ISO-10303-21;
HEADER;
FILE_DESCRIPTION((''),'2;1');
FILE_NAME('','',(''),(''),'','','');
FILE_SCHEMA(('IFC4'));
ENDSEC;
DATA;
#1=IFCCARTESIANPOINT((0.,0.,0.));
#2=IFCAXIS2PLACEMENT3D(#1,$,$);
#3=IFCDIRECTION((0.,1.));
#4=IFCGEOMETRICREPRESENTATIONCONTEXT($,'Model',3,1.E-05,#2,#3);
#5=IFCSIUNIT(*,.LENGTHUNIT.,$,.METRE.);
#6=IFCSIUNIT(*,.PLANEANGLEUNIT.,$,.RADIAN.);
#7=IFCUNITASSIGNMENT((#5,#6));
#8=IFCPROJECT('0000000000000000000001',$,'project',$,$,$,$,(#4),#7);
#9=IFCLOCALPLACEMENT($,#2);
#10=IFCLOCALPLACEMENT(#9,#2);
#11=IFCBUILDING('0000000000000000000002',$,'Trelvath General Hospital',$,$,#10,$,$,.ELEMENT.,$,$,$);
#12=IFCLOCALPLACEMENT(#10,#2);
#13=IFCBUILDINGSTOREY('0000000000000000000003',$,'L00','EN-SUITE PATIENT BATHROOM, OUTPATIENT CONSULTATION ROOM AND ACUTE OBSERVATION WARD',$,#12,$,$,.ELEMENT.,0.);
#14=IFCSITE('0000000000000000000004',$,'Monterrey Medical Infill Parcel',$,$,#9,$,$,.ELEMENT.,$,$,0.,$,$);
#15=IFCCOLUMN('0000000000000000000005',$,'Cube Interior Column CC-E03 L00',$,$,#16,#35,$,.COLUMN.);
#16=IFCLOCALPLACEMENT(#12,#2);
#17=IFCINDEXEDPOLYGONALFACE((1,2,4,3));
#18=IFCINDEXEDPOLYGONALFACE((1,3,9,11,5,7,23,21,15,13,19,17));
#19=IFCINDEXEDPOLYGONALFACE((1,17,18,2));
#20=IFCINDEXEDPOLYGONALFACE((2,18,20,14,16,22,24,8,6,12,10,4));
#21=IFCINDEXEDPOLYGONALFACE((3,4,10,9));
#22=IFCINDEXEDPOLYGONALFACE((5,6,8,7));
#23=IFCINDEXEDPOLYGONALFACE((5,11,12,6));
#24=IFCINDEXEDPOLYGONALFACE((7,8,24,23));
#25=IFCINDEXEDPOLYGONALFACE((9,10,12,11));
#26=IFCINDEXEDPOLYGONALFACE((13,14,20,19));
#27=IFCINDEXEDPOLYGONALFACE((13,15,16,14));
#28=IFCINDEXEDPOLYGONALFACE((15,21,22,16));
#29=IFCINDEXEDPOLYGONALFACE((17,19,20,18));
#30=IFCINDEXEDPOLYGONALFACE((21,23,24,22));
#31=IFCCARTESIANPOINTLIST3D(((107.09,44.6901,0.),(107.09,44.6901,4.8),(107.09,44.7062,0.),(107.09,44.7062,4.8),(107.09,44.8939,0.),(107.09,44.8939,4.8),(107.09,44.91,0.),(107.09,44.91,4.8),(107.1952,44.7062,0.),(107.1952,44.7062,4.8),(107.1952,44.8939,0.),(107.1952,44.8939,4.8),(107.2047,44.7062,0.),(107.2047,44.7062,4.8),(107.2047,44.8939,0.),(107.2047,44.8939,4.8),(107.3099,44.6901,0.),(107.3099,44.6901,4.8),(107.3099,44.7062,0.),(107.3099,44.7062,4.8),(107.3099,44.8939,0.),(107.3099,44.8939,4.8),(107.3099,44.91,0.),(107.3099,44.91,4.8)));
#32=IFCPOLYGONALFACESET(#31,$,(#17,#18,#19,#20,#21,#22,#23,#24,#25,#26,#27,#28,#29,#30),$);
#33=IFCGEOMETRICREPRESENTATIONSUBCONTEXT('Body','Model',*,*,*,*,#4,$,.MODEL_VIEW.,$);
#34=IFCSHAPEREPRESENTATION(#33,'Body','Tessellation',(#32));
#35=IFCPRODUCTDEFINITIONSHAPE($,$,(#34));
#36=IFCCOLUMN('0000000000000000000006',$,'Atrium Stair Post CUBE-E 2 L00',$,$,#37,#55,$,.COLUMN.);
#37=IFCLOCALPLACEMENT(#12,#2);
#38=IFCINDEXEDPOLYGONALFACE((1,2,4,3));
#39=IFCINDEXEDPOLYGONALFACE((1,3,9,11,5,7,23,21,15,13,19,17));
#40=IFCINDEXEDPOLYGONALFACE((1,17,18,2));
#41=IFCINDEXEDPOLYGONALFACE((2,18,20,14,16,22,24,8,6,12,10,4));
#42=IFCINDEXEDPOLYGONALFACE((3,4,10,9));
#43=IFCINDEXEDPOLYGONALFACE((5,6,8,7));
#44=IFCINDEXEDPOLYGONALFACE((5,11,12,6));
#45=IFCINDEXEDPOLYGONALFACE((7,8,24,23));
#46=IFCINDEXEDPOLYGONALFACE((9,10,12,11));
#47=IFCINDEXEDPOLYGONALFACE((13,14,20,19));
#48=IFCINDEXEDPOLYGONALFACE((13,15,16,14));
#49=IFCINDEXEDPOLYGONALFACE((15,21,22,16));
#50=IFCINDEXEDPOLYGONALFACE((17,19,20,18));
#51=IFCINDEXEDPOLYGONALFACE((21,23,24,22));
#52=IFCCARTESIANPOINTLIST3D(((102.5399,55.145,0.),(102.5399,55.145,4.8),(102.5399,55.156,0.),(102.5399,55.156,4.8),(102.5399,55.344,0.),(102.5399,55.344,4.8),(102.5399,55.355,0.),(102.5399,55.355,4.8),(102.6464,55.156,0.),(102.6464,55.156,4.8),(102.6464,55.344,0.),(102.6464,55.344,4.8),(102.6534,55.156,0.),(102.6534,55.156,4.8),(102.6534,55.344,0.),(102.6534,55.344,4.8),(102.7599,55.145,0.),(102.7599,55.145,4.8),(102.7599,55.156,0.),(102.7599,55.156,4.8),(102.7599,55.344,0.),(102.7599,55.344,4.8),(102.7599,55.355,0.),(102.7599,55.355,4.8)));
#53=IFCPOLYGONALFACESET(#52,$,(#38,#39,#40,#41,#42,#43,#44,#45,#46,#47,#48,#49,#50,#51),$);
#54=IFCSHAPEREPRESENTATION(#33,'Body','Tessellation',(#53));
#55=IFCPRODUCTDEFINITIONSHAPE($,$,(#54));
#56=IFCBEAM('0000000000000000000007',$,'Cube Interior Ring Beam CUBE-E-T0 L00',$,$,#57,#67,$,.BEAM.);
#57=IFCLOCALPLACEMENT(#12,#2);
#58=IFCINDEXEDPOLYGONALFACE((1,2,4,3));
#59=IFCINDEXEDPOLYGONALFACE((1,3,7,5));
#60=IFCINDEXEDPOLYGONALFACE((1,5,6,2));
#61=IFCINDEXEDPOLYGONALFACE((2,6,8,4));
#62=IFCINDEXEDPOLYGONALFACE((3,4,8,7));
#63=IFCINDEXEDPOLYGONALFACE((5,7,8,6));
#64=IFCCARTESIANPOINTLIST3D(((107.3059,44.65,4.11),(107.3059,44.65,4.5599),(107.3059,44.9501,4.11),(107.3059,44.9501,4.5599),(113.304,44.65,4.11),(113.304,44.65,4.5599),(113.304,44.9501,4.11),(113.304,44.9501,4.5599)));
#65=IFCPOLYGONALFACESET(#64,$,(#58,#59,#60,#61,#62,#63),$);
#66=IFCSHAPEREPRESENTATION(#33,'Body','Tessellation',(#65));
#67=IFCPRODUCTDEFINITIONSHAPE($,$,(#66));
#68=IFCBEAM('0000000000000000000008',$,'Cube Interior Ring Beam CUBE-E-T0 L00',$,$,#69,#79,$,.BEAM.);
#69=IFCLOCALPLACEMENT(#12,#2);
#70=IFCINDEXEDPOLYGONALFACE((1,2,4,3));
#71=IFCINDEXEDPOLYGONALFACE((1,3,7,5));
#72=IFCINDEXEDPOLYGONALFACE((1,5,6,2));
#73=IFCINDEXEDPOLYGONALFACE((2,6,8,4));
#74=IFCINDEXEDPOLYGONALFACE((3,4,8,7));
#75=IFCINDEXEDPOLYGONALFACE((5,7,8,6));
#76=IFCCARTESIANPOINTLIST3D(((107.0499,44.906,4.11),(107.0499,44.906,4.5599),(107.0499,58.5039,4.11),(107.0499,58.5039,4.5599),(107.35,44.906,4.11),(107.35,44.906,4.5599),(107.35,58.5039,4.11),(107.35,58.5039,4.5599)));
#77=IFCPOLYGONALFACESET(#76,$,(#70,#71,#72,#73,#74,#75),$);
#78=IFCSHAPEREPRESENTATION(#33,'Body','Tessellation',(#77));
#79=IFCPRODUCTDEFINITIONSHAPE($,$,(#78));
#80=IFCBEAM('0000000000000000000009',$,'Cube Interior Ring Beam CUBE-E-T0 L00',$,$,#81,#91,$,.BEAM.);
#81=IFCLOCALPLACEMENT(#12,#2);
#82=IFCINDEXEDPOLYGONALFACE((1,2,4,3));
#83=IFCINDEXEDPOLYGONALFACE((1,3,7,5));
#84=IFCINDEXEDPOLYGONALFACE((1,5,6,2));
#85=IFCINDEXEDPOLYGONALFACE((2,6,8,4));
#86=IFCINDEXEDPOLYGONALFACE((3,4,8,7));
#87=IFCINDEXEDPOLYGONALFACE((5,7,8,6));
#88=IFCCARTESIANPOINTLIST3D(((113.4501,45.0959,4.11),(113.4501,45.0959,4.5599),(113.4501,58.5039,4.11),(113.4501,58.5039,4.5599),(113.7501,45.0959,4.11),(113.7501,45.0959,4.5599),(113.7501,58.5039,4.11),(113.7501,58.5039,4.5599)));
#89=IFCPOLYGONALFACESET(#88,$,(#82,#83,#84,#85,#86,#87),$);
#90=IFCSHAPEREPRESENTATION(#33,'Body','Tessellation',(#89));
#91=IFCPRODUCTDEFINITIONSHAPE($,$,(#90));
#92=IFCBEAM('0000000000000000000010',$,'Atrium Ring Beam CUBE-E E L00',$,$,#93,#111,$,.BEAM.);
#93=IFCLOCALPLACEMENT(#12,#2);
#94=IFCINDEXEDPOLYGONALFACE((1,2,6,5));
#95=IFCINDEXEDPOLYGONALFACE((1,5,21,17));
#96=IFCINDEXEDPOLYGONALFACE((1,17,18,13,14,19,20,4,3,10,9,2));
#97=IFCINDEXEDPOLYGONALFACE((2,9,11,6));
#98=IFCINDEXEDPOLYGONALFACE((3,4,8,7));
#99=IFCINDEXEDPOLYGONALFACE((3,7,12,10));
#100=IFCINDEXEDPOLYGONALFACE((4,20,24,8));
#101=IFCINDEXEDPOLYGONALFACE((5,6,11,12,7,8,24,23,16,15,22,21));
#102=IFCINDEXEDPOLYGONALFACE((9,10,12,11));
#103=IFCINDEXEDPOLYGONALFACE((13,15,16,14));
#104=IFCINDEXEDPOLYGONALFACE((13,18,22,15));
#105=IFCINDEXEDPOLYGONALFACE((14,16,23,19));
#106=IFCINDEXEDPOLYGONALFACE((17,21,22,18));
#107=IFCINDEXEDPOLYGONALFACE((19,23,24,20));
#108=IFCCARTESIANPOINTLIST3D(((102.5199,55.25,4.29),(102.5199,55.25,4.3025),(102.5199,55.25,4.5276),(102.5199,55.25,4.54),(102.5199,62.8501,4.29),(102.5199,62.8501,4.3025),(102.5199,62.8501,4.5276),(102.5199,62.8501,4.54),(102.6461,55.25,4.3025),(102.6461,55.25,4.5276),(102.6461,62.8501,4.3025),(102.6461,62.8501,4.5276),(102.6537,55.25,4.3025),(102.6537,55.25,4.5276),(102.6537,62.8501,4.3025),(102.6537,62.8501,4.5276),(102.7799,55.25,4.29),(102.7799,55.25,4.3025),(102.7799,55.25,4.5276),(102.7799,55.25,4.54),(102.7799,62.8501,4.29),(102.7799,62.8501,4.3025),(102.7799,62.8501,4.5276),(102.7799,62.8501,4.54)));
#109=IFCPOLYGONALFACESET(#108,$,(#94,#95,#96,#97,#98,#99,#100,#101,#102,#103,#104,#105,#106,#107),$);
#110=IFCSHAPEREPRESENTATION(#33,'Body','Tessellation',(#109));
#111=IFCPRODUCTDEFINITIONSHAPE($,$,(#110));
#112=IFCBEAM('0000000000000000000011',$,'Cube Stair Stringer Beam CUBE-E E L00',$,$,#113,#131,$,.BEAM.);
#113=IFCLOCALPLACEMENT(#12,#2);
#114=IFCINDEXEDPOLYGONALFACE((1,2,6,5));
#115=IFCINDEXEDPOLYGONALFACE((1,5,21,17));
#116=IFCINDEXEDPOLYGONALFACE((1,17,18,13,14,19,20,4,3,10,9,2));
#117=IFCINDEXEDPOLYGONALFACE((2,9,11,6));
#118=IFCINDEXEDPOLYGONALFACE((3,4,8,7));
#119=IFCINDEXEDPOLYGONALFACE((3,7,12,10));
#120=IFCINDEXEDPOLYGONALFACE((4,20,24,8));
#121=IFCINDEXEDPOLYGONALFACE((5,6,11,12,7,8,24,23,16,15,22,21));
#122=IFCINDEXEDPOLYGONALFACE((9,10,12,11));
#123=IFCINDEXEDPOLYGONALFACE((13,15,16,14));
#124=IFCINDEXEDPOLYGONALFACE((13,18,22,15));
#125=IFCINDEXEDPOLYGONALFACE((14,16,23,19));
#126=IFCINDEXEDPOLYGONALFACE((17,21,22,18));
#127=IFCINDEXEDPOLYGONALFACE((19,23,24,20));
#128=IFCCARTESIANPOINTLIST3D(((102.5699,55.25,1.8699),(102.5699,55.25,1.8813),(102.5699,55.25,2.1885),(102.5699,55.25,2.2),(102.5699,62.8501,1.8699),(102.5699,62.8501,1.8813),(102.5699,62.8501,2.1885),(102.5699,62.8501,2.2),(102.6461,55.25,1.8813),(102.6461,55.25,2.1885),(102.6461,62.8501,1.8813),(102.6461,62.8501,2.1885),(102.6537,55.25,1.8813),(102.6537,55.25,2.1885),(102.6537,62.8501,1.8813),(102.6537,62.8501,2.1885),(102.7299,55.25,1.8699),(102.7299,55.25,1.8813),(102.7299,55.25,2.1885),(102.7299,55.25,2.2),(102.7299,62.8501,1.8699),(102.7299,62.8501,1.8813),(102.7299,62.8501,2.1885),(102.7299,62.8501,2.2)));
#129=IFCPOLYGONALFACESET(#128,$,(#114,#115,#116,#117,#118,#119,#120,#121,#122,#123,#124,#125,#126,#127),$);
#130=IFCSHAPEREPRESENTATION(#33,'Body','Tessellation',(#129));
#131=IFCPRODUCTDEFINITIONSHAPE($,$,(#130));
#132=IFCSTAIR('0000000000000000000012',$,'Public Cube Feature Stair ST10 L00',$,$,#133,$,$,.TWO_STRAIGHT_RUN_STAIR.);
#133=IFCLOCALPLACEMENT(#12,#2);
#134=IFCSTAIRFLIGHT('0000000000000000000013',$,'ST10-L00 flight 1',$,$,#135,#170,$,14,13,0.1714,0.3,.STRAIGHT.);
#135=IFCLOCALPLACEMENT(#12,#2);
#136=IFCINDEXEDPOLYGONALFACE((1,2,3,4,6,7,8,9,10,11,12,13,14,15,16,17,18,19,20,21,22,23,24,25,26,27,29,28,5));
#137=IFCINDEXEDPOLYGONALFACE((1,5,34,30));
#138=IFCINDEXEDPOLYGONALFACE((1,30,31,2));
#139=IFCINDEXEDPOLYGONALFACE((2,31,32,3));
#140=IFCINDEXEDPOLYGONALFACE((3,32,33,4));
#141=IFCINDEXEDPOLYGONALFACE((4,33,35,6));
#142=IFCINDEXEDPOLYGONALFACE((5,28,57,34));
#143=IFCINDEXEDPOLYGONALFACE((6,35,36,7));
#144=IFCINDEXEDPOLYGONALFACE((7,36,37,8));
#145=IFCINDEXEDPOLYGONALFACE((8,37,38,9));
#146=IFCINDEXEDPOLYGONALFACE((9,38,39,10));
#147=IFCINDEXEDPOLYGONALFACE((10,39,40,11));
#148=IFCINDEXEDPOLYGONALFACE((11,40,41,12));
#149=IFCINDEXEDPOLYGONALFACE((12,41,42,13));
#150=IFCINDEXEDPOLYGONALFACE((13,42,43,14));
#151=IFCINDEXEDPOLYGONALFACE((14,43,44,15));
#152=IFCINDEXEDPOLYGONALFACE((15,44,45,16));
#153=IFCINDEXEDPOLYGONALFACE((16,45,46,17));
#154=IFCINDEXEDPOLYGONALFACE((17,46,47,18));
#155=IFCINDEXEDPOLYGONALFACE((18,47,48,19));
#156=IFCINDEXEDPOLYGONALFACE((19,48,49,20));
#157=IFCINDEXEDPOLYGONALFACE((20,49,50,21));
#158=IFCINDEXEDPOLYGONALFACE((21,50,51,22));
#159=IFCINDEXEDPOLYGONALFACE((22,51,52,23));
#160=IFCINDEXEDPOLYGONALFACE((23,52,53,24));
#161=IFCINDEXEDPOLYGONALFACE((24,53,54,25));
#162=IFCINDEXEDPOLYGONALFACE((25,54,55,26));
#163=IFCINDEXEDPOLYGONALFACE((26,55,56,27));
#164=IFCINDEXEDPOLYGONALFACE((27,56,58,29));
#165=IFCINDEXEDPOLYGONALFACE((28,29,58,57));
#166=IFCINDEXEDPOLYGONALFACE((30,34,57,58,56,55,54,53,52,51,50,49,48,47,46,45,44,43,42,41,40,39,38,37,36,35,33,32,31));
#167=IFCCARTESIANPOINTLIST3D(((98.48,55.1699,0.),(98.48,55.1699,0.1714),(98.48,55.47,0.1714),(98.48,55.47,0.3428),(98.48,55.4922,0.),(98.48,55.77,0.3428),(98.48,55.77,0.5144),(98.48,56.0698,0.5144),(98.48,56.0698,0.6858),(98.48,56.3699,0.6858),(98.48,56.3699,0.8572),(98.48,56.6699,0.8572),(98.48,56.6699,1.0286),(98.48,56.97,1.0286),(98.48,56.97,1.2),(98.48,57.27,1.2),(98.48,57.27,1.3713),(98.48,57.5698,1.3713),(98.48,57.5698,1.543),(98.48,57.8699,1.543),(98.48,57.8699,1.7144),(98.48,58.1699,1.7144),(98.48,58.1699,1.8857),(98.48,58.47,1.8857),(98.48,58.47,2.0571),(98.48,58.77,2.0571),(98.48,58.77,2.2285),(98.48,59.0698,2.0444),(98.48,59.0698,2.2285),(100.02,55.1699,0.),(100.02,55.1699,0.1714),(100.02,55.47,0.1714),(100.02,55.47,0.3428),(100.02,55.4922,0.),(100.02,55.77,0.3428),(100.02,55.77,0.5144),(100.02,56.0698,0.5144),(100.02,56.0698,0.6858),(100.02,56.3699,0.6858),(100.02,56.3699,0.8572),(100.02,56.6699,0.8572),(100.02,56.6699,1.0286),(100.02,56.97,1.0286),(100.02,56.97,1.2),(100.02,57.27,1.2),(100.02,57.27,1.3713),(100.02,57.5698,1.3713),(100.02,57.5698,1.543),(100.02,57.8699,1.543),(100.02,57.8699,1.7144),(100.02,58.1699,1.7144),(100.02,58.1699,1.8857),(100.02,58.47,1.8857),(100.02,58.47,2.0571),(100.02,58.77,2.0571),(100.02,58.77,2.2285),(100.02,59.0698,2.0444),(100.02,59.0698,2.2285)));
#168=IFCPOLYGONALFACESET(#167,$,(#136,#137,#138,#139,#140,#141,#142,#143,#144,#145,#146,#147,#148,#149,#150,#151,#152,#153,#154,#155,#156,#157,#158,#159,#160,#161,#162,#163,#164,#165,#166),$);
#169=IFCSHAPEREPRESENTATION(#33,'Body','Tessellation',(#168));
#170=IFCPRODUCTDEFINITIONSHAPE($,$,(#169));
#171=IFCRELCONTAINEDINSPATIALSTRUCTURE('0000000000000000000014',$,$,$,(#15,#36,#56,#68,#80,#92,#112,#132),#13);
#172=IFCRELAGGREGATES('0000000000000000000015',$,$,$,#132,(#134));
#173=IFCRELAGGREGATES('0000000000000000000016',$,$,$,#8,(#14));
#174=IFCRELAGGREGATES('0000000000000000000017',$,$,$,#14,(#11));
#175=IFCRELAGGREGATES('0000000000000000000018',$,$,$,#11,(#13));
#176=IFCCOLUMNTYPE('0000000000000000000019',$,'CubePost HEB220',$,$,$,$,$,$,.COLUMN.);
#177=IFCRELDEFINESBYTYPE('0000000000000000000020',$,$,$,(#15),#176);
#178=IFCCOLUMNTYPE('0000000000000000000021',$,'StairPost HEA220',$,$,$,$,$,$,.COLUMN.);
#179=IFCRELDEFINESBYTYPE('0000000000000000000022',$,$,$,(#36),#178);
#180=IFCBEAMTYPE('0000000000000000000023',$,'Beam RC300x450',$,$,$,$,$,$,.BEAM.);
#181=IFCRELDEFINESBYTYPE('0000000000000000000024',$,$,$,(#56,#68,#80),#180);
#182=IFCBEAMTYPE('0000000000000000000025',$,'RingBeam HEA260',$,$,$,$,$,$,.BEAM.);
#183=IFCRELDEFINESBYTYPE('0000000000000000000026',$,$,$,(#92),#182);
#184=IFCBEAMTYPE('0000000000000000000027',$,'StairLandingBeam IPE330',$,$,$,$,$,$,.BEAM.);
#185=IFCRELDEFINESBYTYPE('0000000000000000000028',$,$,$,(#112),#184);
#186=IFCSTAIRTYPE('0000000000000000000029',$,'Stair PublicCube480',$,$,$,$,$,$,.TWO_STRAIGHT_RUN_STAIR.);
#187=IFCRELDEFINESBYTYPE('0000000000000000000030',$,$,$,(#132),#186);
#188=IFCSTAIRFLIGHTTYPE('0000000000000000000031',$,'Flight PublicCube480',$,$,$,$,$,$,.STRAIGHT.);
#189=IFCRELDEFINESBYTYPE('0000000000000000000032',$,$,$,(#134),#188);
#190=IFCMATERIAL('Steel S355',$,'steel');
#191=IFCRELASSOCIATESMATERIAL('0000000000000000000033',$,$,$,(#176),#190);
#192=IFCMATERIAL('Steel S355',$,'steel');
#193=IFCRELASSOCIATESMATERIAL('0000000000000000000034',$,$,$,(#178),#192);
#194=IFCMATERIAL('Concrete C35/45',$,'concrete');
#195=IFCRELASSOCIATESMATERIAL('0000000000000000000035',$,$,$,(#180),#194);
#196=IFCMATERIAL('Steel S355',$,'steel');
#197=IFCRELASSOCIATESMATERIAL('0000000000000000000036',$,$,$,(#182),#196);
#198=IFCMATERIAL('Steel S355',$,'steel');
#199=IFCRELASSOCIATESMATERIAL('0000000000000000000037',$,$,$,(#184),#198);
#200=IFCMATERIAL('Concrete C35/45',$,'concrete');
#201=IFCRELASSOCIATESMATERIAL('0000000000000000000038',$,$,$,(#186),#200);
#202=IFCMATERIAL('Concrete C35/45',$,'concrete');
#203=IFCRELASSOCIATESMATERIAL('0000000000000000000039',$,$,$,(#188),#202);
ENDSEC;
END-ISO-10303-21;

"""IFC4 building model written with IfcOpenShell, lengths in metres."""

from ifc_helpers import new_model, si_unit, direction, frame, origin, origin_2d, place, context, subcontext, project, spatial, polyline, rectangle, i_section, outline, extrude, material, material_profile, profile_set, type_object, element, aggregate, save


model = new_model("IFC4")

# Units and contexts
model_context = context("Model", 3, precision=1e-05, world=origin(), true_north=direction((0.0, 1.0)))
body_context = subcontext(model_context, "Body", "Model", "MODEL_VIEW")
ifc_project = project(units=[si_unit("LENGTHUNIT", "METRE"), si_unit("PLANEANGLEUNIT", "RADIAN")], contexts=[model_context])

# Site, building, storey
site_placement = place(None, origin())
site = spatial("IfcSite", under=ifc_project, at=site_placement, Name="Monterrey Medical Infill Parcel", CompositionType="ELEMENT", RefElevation=0.0)
building_placement = place(site_placement, origin())
building = spatial("IfcBuilding", under=site, at=building_placement, Name="Trelvath General Hospital", CompositionType="ELEMENT")
storey_placement = place(building_placement, origin())
storey = spatial("IfcBuildingStorey", under=building, at=storey_placement, Name="L00", Description="EN-SUITE PATIENT BATHROOM, OUTPATIENT CONSULTATION ROOM AND ACUTE OBSERVATION WARD", CompositionType="ELEMENT", Elevation=0.0)

# Columns
ifc_material_1 = material(Name="Steel S355", Category="steel")
ifc_material_profile_1 = material_profile(ifc_material_1, i_section(OverallWidth=0.22, OverallDepth=0.22, WebThickness=0.0095, FlangeThickness=0.0161, at=origin_2d()), Name="HEB220")
ifc_profile_set_1 = profile_set([ifc_material_profile_1], Name="Steel S355")
column_type_1 = type_object("IfcColumnType", Name="CubePost HEB220", PredefinedType="COLUMN", material=ifc_profile_set_1)
column_1_placement = place(storey_placement, frame((107.2, 44.8, 0.0), z_axis=(0.0, 0.0, 1.0), x_axis=(1.0, 0.0, 0.0)))
element("IfcColumn", 1, at=column_1_placement, inside=storey, type_object=column_type_1, Name="Cube Interior Column CC-E03 L00", PredefinedType="COLUMN", context=body_context, shape_type="SweptSolid", body=[
    extrude(i_section(OverallWidth=0.22, OverallDepth=0.22, WebThickness=0.0095, FlangeThickness=0.0161, at=origin_2d()), origin(), (0.0, 0.0, 1.0), 4.8),
])
ifc_material_2 = material(Name="Steel S355", Category="steel")
ifc_material_profile_2 = material_profile(ifc_material_2, i_section(OverallWidth=0.22, OverallDepth=0.21, WebThickness=0.0071, FlangeThickness=0.011, at=origin_2d()), Name="HEA220")
ifc_profile_set_2 = profile_set([ifc_material_profile_2], Name="Steel S355")
column_type_2 = type_object("IfcColumnType", Name="StairPost HEA220", PredefinedType="COLUMN", material=ifc_profile_set_2)
column_2_placement = place(storey_placement, frame((102.6499, 55.25, 0.0), z_axis=(0.0, 0.0, 1.0), x_axis=(1.0, 0.0, 0.0)))
element("IfcColumn", 2, at=column_2_placement, inside=storey, type_object=column_type_2, Name="Atrium Stair Post CUBE-E 2 L00", PredefinedType="COLUMN", context=body_context, shape_type="SweptSolid", body=[
    extrude(i_section(OverallWidth=0.22, OverallDepth=0.21, WebThickness=0.0071, FlangeThickness=0.011, at=origin_2d()), origin(), (0.0, 0.0, 1.0), 4.8),
])

# Beams
ifc_material_3 = material(Name="Concrete C35/45", Category="concrete")
ifc_material_profile_3 = material_profile(ifc_material_3, rectangle(XDim=0.3, YDim=0.45, at=origin_2d()), Name="RCB300x450")
ifc_profile_set_3 = profile_set([ifc_material_profile_3], Name="Concrete C35/45")
beam_type_1 = type_object("IfcBeamType", Name="Beam RC300x450", PredefinedType="BEAM", material=ifc_profile_set_3)
beam_1_placement = place(storey_placement, frame((107.3059, 44.8, 4.335), z_axis=(1.0, 0.0, 0.0), x_axis=(0.0, 1.0, 0.0)))
element("IfcBeam", 3, at=beam_1_placement, inside=storey, type_object=beam_type_1, Name="Cube Interior Ring Beam CUBE-E-T0 L00", PredefinedType="BEAM", context=body_context, shape_type="SweptSolid", body=[
    extrude(rectangle(XDim=0.3, YDim=0.45, at=origin_2d()), origin(), (0.0, 0.0, 1.0), 5.998),
])
beam_2_placement = place(storey_placement, frame((107.2, 44.906, 4.335), z_axis=(0.0, 1.0, 0.0), x_axis=(-1.0, 0.0, 0.0)))
element("IfcBeam", 4, at=beam_2_placement, inside=storey, type_object=beam_type_1, Name="Cube Interior Ring Beam CUBE-E-T0 L00", PredefinedType="BEAM", context=body_context, shape_type="SweptSolid", body=[
    extrude(rectangle(XDim=0.3, YDim=0.45, at=origin_2d()), origin(), (0.0, 0.0, 1.0), 13.5979),
])
beam_3_placement = place(storey_placement, frame((113.6001, 45.0959, 4.335), z_axis=(0.0, 1.0, 0.0), x_axis=(-1.0, 0.0, 0.0)))
element("IfcBeam", 5, at=beam_3_placement, inside=storey, type_object=beam_type_1, Name="Cube Interior Ring Beam CUBE-E-T0 L00", PredefinedType="BEAM", context=body_context, shape_type="SweptSolid", body=[
    extrude(rectangle(XDim=0.3, YDim=0.45, at=origin_2d()), origin(), (0.0, 0.0, 1.0), 13.408),
])
ifc_material_4 = material(Name="Steel S355", Category="steel")
ifc_material_profile_4 = material_profile(ifc_material_4, i_section(OverallWidth=0.26, OverallDepth=0.25, WebThickness=0.0076, FlangeThickness=0.0125, at=origin_2d()), Name="HEA260")
ifc_profile_set_4 = profile_set([ifc_material_profile_4], Name="Steel S355")
beam_type_2 = type_object("IfcBeamType", Name="RingBeam HEA260", PredefinedType="BEAM", material=ifc_profile_set_4)
beam_4_placement = place(storey_placement, frame((102.6499, 55.25, 4.415), z_axis=(0.0, 1.0, 0.0), x_axis=(-1.0, 0.0, 0.0)))
element("IfcBeam", 6, at=beam_4_placement, inside=storey, type_object=beam_type_2, Name="Atrium Ring Beam CUBE-E E L00", PredefinedType="BEAM", context=body_context, shape_type="SweptSolid", body=[
    extrude(i_section(OverallWidth=0.26, OverallDepth=0.25, WebThickness=0.0076, FlangeThickness=0.0125, at=origin_2d()), origin(), (0.0, 0.0, 1.0), 7.6001),
])
ifc_material_5 = material(Name="Steel S355", Category="steel")
ifc_material_profile_5 = material_profile(ifc_material_5, i_section(OverallWidth=0.1599, OverallDepth=0.3301, WebThickness=0.0076, FlangeThickness=0.0115, at=origin_2d()), Name="IPE330")
ifc_profile_set_5 = profile_set([ifc_material_profile_5], Name="Steel S355")
beam_type_3 = type_object("IfcBeamType", Name="StairLandingBeam IPE330", PredefinedType="BEAM", material=ifc_profile_set_5)
beam_5_placement = place(storey_placement, frame((102.6499, 55.25, 2.0349), z_axis=(0.0, 1.0, 0.0), x_axis=(-1.0, 0.0, 0.0)))
element("IfcBeam", 7, at=beam_5_placement, inside=storey, type_object=beam_type_3, Name="Cube Stair Stringer Beam CUBE-E E L00", PredefinedType="BEAM", context=body_context, shape_type="SweptSolid", body=[
    extrude(i_section(OverallWidth=0.1599, OverallDepth=0.3301, WebThickness=0.0076, FlangeThickness=0.0115, at=origin_2d()), origin(), (0.0, 0.0, 1.0), 7.6001),
])

# Stair, stair flight
ifc_material_6 = material(Name="Concrete C35/45", Category="concrete")
stair_type = type_object("IfcStairType", Name="Stair PublicCube480", PredefinedType="TWO_STRAIGHT_RUN_STAIR", material=ifc_material_6)
stair_placement = place(storey_placement, origin())
stair = element("IfcStair", 8, at=stair_placement, inside=storey, type_object=stair_type, Name="Public Cube Feature Stair ST10 L00", PredefinedType="TWO_STRAIGHT_RUN_STAIR")
ifc_material_7 = material(Name="Concrete C35/45", Category="concrete")
stair_flight_type = type_object("IfcStairFlightType", Name="Flight PublicCube480", PredefinedType="STRAIGHT", material=ifc_material_7)
stair_flight_placement = place(storey_placement, frame((99.25, 55.1699, 0.0), z_axis=(0.0, 0.0, 1.0), x_axis=(0.0, 1.0, 0.0)))
stair_flight = element("IfcStairFlight", 9, at=stair_flight_placement, type_object=stair_flight_type, Name="ST10-L00 flight 1", NumberOfRisers=14, NumberOfTreads=13, PredefinedType="STRAIGHT", RiserHeight=0.1714, TreadLength=0.3, context=body_context, shape_type="SweptSolid", body=[
    extrude(outline(polyline([(0.0, 0.0), (0.0, 0.1714), (0.3, 0.1714), (0.3, 0.3428), (0.6001, 0.3428), (0.6001, 0.5144), (0.8999, 0.5144), (0.8999, 0.6858), (1.2, 0.6858), (1.2, 0.8572), (1.5, 0.8572), (1.5, 1.0286), (1.8, 1.0286), (1.8, 1.2), (2.1001, 1.2), (2.1001, 1.3713), (2.3999, 1.3713), (2.3999, 1.543), (2.7, 1.543), (2.7, 1.7144), (3.0, 1.7144), (3.0, 1.8857), (3.3, 1.8857), (3.3, 2.0571), (3.6001, 2.0571), (3.6001, 2.2285), (3.8999, 2.2285), (3.8999, 2.3999), (3.8999, 2.0444), (0.3223, 0.0), (0.0, 0.0)])), frame((0.0, 0.77, 0.0), z_axis=(0.0, -1.0, 0.0), x_axis=(1.0, 0.0, 0.0)), (0.0, 0.0, 1.0), 1.54),
])
aggregate(stair, [stair_flight])

save(model, "model.ifc")
